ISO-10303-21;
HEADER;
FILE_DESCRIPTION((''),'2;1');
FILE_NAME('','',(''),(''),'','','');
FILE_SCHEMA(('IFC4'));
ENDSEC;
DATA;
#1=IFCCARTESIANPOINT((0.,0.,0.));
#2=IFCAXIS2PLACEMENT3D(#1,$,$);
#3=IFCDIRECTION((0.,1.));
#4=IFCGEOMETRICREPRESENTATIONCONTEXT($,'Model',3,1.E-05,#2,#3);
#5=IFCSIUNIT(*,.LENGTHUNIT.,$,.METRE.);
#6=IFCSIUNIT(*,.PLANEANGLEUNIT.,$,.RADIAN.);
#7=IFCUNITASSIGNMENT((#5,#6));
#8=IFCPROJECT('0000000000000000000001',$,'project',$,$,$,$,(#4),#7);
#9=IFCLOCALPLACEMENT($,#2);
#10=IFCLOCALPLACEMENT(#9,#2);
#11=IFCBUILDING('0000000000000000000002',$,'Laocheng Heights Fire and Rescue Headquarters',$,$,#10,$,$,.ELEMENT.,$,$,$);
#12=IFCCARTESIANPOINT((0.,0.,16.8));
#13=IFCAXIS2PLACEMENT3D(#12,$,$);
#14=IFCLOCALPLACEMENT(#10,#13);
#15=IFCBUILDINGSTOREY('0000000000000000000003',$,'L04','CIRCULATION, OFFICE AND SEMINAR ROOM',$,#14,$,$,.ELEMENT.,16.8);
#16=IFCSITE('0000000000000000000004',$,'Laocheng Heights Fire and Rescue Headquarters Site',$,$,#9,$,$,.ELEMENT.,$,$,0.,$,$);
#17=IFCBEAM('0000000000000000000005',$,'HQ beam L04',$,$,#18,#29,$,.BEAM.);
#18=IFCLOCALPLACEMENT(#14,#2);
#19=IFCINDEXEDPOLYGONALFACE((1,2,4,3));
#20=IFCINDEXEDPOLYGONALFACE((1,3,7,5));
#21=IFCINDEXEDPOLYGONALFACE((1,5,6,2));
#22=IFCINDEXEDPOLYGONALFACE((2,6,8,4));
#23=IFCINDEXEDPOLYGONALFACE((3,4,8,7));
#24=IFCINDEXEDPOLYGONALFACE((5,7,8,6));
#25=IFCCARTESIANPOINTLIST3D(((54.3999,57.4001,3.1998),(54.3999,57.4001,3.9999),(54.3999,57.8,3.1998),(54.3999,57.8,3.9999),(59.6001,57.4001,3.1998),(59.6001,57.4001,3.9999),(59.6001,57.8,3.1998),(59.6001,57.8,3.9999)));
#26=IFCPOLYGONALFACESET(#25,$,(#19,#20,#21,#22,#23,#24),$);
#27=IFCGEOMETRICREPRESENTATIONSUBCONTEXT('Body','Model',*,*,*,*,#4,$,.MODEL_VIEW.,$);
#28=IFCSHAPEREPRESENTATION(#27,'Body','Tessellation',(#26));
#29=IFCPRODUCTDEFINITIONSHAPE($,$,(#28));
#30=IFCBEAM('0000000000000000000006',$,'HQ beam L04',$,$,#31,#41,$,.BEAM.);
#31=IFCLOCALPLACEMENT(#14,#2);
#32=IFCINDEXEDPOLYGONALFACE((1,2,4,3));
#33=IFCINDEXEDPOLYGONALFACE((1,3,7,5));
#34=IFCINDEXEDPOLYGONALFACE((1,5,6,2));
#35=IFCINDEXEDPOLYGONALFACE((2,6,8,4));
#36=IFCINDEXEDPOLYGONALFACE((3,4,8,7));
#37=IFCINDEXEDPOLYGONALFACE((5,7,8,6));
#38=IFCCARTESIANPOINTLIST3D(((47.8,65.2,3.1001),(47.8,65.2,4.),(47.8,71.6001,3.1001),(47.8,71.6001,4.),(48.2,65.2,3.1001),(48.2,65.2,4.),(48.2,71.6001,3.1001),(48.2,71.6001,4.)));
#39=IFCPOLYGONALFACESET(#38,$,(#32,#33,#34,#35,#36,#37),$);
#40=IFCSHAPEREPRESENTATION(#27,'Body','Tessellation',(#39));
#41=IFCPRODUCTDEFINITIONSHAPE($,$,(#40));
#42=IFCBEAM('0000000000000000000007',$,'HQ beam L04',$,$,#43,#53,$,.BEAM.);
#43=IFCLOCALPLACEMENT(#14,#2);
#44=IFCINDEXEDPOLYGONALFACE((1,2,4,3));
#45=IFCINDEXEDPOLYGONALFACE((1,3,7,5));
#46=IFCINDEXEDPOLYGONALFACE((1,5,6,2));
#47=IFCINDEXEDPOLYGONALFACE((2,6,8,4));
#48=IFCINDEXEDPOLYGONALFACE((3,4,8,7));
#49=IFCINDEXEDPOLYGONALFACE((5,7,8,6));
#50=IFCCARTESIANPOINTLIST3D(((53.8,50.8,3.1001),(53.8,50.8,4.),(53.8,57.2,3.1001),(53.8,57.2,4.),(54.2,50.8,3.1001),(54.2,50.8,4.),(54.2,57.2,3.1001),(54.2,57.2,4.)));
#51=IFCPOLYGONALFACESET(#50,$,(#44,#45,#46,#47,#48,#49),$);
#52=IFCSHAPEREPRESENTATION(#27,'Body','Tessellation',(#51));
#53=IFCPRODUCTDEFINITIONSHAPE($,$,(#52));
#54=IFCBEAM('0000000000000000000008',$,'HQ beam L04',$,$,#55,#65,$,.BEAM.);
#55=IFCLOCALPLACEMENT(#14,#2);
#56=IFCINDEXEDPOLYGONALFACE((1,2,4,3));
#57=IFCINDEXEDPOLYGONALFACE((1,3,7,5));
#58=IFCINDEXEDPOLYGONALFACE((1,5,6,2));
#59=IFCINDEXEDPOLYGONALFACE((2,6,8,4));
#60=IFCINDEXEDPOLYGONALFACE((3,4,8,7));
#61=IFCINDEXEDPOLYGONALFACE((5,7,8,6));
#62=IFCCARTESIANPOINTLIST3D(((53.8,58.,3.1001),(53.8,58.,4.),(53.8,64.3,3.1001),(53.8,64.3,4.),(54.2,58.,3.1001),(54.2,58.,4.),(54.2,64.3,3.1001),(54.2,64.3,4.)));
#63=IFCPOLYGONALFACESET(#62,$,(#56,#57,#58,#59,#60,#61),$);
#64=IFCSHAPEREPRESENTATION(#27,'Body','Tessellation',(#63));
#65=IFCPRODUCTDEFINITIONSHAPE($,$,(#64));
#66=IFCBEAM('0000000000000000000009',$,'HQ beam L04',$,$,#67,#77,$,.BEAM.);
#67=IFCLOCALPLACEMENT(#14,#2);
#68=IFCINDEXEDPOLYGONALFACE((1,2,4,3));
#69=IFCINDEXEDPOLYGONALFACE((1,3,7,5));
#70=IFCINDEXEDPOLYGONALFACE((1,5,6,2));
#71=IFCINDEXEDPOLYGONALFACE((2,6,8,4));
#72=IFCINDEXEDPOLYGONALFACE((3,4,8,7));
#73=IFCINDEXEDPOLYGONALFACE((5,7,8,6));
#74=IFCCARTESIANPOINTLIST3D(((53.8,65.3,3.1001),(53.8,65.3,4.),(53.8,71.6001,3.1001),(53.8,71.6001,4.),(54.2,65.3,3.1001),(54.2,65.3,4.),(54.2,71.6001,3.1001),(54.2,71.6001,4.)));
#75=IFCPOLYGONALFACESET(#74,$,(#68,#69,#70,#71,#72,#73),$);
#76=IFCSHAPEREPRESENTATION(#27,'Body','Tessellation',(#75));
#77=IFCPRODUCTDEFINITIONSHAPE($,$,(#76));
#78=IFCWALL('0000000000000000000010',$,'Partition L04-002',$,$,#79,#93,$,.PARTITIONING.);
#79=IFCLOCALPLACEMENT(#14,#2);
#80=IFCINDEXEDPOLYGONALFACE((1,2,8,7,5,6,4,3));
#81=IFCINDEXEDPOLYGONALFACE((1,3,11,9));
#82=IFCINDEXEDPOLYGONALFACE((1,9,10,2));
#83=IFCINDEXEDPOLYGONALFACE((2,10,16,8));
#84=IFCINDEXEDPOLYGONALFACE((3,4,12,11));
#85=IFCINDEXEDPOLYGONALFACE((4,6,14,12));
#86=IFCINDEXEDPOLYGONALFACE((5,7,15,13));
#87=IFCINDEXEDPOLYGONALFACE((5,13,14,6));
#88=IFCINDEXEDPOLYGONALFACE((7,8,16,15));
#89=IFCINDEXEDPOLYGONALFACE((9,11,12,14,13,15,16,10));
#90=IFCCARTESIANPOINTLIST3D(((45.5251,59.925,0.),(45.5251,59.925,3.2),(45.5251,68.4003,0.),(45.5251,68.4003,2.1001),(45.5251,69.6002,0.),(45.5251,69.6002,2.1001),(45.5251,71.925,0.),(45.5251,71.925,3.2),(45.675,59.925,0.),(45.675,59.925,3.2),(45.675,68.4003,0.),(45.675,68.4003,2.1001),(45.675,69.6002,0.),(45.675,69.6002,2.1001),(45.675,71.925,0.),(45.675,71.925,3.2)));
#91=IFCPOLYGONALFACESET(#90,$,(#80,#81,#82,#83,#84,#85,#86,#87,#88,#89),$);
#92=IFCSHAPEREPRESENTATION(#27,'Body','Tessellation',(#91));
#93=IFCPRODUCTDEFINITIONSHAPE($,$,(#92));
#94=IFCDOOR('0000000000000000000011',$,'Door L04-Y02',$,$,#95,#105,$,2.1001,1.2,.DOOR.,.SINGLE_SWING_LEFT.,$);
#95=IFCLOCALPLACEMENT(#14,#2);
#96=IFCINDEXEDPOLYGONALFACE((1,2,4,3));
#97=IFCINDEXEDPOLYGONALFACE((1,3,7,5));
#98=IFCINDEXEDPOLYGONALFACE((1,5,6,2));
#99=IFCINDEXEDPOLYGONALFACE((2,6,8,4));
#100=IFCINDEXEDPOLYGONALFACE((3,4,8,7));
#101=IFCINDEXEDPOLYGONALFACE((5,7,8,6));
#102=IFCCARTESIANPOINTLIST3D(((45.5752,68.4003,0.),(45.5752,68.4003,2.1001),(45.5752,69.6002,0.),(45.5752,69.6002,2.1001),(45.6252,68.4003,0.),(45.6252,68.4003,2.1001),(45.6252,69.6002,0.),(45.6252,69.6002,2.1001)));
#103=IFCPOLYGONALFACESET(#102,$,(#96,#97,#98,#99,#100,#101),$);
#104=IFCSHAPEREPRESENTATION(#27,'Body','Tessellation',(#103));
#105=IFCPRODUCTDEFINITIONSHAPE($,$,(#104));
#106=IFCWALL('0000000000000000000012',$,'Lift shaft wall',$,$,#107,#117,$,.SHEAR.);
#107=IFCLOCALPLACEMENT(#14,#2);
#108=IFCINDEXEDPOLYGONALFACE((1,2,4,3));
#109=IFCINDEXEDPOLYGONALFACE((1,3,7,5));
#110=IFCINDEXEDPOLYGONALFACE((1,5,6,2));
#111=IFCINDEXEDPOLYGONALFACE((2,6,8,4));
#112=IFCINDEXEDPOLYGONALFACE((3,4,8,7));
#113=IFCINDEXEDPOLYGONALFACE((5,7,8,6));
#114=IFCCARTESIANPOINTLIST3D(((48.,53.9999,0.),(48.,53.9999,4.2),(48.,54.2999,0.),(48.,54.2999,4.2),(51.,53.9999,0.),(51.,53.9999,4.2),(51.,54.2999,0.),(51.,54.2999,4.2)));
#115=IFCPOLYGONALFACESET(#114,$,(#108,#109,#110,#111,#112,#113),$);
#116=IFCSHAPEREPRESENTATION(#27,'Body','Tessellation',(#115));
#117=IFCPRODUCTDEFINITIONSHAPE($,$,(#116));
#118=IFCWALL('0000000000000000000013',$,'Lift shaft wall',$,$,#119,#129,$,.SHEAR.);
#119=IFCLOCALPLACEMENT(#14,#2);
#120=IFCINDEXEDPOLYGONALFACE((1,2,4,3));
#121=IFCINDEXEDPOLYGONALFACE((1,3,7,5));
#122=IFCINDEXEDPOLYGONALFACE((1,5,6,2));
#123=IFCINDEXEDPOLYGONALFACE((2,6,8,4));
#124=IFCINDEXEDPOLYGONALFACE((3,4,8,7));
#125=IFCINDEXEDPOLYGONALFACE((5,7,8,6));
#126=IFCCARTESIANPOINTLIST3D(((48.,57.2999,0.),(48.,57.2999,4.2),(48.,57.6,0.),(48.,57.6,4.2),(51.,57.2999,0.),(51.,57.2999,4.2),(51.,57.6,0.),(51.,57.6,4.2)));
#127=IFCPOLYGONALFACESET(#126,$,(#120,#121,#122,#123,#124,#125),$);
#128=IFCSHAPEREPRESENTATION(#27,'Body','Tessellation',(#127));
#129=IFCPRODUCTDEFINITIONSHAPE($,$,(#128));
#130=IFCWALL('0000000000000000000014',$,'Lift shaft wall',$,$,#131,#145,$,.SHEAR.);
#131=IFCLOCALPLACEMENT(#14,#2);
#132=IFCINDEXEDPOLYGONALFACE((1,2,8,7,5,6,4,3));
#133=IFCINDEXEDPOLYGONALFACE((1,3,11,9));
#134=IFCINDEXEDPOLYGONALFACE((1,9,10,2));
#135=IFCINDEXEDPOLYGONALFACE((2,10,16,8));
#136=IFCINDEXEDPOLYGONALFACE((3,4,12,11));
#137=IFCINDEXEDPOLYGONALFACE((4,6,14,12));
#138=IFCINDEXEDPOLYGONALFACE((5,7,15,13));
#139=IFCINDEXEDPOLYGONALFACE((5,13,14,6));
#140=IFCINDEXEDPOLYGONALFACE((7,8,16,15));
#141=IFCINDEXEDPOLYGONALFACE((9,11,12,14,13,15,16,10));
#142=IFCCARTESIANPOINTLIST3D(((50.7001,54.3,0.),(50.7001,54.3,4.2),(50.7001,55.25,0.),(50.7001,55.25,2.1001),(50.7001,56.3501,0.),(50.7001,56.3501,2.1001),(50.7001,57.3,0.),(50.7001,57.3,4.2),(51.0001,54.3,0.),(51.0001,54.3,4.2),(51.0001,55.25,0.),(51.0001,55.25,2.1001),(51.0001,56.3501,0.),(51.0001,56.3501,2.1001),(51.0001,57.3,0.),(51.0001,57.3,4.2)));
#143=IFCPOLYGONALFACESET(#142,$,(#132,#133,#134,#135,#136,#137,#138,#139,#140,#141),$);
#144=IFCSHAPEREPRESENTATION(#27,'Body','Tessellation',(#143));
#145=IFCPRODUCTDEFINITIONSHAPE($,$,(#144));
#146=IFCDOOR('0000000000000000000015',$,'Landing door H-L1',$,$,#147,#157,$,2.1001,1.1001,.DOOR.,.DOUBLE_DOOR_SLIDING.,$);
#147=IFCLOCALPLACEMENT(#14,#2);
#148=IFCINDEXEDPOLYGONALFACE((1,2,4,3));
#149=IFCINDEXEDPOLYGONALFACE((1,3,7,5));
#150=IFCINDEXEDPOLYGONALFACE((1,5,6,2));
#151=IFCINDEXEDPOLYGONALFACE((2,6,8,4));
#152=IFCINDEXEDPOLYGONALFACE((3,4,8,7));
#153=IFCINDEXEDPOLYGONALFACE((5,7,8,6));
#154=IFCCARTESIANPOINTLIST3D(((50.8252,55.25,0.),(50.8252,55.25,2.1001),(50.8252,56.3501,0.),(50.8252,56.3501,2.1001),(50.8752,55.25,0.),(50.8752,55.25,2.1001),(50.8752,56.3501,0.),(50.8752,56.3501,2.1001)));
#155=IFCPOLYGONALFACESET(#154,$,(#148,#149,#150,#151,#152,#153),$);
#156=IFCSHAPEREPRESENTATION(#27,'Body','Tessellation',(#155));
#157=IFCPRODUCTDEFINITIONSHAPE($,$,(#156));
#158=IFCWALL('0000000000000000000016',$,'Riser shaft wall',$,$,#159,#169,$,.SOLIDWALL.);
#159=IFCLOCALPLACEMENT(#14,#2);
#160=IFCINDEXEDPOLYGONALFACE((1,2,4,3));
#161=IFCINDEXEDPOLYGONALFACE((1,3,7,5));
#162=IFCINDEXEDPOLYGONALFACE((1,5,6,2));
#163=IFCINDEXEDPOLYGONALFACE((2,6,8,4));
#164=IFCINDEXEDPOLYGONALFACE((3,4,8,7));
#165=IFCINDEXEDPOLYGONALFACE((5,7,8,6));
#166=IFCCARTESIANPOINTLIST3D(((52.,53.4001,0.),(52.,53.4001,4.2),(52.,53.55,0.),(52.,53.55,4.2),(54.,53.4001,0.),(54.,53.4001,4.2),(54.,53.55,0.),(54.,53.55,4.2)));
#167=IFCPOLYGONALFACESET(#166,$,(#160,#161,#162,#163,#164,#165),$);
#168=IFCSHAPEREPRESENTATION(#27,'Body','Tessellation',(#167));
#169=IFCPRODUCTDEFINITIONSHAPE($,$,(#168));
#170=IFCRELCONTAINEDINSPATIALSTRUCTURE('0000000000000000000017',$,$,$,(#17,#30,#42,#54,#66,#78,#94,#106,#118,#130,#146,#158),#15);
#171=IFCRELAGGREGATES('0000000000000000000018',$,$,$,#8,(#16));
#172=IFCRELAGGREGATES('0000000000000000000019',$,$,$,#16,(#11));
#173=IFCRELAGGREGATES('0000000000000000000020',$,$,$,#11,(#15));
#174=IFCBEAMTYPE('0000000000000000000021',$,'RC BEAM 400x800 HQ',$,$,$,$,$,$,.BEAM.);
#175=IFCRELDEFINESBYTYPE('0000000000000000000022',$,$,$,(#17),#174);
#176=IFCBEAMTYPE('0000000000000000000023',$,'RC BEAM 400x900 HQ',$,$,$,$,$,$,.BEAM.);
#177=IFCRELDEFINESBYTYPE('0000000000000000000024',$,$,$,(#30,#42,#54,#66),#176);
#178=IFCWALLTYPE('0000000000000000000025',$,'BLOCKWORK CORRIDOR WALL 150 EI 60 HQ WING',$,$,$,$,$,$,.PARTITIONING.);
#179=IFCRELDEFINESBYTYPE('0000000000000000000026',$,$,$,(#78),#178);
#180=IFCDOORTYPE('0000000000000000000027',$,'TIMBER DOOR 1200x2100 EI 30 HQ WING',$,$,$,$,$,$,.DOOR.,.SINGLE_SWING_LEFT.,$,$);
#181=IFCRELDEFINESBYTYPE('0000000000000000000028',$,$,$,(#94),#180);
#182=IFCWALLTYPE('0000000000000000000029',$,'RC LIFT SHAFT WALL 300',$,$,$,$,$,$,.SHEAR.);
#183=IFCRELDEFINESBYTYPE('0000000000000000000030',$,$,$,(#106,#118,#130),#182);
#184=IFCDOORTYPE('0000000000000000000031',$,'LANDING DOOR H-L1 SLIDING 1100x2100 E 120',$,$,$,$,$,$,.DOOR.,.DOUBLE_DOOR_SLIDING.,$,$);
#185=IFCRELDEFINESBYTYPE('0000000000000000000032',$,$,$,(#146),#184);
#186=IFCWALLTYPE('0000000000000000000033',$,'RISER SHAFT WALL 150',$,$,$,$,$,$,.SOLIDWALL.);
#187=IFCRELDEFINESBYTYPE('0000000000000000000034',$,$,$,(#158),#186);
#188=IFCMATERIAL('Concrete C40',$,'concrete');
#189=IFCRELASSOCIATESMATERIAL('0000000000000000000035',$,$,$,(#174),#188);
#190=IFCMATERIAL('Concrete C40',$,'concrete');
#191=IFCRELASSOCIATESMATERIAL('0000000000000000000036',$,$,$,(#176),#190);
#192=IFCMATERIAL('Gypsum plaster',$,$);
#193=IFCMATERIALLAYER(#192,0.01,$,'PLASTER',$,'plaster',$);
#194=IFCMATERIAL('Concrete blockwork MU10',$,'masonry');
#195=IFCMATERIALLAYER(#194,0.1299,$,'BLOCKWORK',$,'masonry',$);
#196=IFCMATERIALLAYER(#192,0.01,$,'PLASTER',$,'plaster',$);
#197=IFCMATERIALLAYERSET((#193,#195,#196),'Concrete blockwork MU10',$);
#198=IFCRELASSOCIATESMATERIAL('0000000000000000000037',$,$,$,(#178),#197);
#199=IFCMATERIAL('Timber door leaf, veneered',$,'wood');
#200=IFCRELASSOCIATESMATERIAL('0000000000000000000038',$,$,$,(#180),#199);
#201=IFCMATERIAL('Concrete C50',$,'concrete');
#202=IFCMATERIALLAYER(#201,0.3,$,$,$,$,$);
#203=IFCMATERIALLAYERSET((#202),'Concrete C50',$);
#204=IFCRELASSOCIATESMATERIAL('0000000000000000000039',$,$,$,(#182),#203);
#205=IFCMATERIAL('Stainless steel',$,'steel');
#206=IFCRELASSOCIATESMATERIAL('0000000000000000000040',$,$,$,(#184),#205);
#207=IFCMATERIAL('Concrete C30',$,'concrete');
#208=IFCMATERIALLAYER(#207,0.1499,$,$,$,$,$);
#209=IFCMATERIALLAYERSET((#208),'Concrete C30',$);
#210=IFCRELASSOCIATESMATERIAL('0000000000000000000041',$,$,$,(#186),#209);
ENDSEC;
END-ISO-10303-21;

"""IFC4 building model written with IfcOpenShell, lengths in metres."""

from ifc_helpers import new_model, si_unit, direction, frame, frame_2d, origin, origin_2d, place, context, subcontext, project, spatial, rectangle, extrude, material, layer, layer_set, material_profile, profile_set, type_object, element, fill, save


model = new_model("IFC4")

# Units and contexts
model_context = context("Model", 3, precision=1e-05, world=origin(), true_north=direction((0.0, 1.0)))
body_context = subcontext(model_context, "Body", "Model", "MODEL_VIEW")
ifc_project = project(units=[si_unit("LENGTHUNIT", "METRE"), si_unit("PLANEANGLEUNIT", "RADIAN")], contexts=[model_context])

# Site, building, storey
site_placement = place(None, origin())
site = spatial("IfcSite", under=ifc_project, at=site_placement, Name="Laocheng Heights Fire and Rescue Headquarters Site", CompositionType="ELEMENT", RefElevation=0.0)
building_placement = place(site_placement, origin())
building = spatial("IfcBuilding", under=site, at=building_placement, Name="Laocheng Heights Fire and Rescue Headquarters", CompositionType="ELEMENT")
storey_placement = place(building_placement, frame((0.0, 0.0, 16.8)))
storey = spatial("IfcBuildingStorey", under=building, at=storey_placement, Name="L04", Description="CIRCULATION, OFFICE AND SEMINAR ROOM", CompositionType="ELEMENT", Elevation=16.8)

# Beams
ifc_material_1 = material(Name="Concrete C40", Category="concrete")
ifc_material_profile_1 = material_profile(ifc_material_1, rectangle(XDim=0.3999, YDim=0.8, at=origin_2d()), Name="RC BEAM 400x800 HQ")
ifc_profile_set_1 = profile_set([ifc_material_profile_1], Name="Concrete C40")
beam_type_1 = type_object("IfcBeamType", Name="RC BEAM 400x800 HQ", PredefinedType="BEAM", material=ifc_profile_set_1)
beam_1_placement = place(storey_placement, frame((54.3999, 57.6001, 3.5999), z_axis=(1.0, 0.0, 0.0), x_axis=(0.0, 1.0, 0.0)))
element("IfcBeam", 1, at=beam_1_placement, inside=storey, type_object=beam_type_1, Name="HQ beam L04", PredefinedType="BEAM", context=body_context, shape_type="SweptSolid", body=[
    extrude(rectangle(XDim=0.3999, YDim=0.8, at=origin_2d()), origin(), (0.0, 0.0, 1.0), 5.2002),
])
ifc_material_2 = material(Name="Concrete C40", Category="concrete")
ifc_material_profile_2 = material_profile(ifc_material_2, rectangle(XDim=0.3999, YDim=0.8999, at=origin_2d()), Name="RC BEAM 400x900 HQ")
ifc_profile_set_2 = profile_set([ifc_material_profile_2], Name="Concrete C40")
beam_type_2 = type_object("IfcBeamType", Name="RC BEAM 400x900 HQ", PredefinedType="BEAM", material=ifc_profile_set_2)
beam_2_placement = place(storey_placement, frame((48.0, 65.2, 3.55), z_axis=(0.0, 1.0, 0.0), x_axis=(-1.0, 0.0, 0.0)))
element("IfcBeam", 2, at=beam_2_placement, inside=storey, type_object=beam_type_2, Name="HQ beam L04", PredefinedType="BEAM", context=body_context, shape_type="SweptSolid", body=[
    extrude(rectangle(XDim=0.3999, YDim=0.8999, at=origin_2d()), origin(), (0.0, 0.0, 1.0), 6.4001),
])
beam_3_placement = place(storey_placement, frame((54.0, 50.8, 3.55), z_axis=(0.0, 1.0, 0.0), x_axis=(-1.0, 0.0, 0.0)))
element("IfcBeam", 3, at=beam_3_placement, inside=storey, type_object=beam_type_2, Name="HQ beam L04", PredefinedType="BEAM", context=body_context, shape_type="SweptSolid", body=[
    extrude(rectangle(XDim=0.3999, YDim=0.8999, at=origin_2d()), origin(), (0.0, 0.0, 1.0), 6.3999),
])
for number, where, z_axis, x_axis, name in (
    (4, (54.0, 58.0, 3.55), (0.0, 1.0, 0.0), (-1.0, 0.0, 0.0), "HQ beam L04"),
    (5, (54.0, 65.3, 3.55), (0.0, 1.0, 0.0), (-1.0, 0.0, 0.0), "HQ beam L04"),
):
    element("IfcBeam", number, at=place(storey_placement, frame(where, z_axis=z_axis, x_axis=x_axis)), inside=storey, type_object=beam_type_2, Name=name, PredefinedType="BEAM", context=body_context, shape_type="SweptSolid", body=[
        extrude(rectangle(XDim=0.3999, YDim=0.8999, at=origin_2d()), origin(), (0.0, 0.0, 1.0), 6.3),
    ])

# Wall, opening, door
ifc_material_3 = material(Name="Gypsum plaster")
ifc_layer_1 = layer(ifc_material_3, 0.01, Name="PLASTER", Category="plaster")
ifc_material_4 = material(Name="Concrete blockwork MU10", Category="masonry")
ifc_layer_2 = layer(ifc_material_4, 0.1299, Name="BLOCKWORK", Category="masonry")
ifc_layer_3 = layer(ifc_material_3, 0.01, Name="PLASTER", Category="plaster")
ifc_layer_set_1 = layer_set([ifc_layer_1, ifc_layer_2, ifc_layer_3], Name="Concrete blockwork MU10")
wall_type_1 = type_object("IfcWallType", Name="BLOCKWORK CORRIDOR WALL 150 EI 60 HQ WING", PredefinedType="PARTITIONING", material=ifc_layer_set_1)
wall_1_placement = place(storey_placement, frame((45.6001, 59.925, 0.0), z_axis=(0.0, 0.0, 1.0), x_axis=(0.0, 1.0, 0.0)))
wall_1 = element("IfcWall", 6, at=wall_1_placement, inside=storey, type_object=wall_type_1, Name="Partition L04-002", PredefinedType="PARTITIONING", context=body_context, shape_type="SweptSolid", body=[
    extrude(rectangle(XDim=12.0, YDim=0.1499, at=frame_2d((6.0, 0.0))), origin(), (0.0, 0.0, 1.0), 3.2),
])
opening_1_placement = place(wall_1_placement, frame((8.4751, 0.0, 0.0)))
opening_1 = element("IfcOpeningElement", 7, at=opening_1_placement, cuts=wall_1, PredefinedType="OPENING", context=body_context, shape_type="SweptSolid", body=[
    extrude(rectangle(XDim=1.2, YDim=2.1001, at=frame_2d((0.6001, 1.05))), frame((0.0, 0.085, 0.0), z_axis=(0.0, -1.0, 0.0), x_axis=(1.0, 0.0, 0.0)), (0.0, 0.0, 1.0), 0.1699),
])
ifc_material_5 = material(Name="Timber door leaf, veneered", Category="wood")
door_type_1 = type_object("IfcDoorType", Name="TIMBER DOOR 1200x2100 EI 30 HQ WING", OperationType="SINGLE_SWING_LEFT", PredefinedType="DOOR", material=ifc_material_5)
door_1_placement = place(opening_1_placement, origin())
door_1 = element("IfcDoor", 8, at=door_1_placement, inside=storey, type_object=door_type_1, Name="Door L04-Y02", OperationType="SINGLE_SWING_LEFT", OverallHeight=2.1001, OverallWidth=1.2, PredefinedType="DOOR", context=body_context, shape_type="SweptSolid", body=[
    extrude(rectangle(XDim=1.2, YDim=2.1001, at=frame_2d((0.6001, 1.05))), frame((0.0, 0.0249, 0.0), z_axis=(0.0, -1.0, 0.0), x_axis=(1.0, 0.0, 0.0)), (0.0, 0.0, 1.0), 0.05),
])
fill(opening_1, door_1)

# Walls
ifc_material_6 = material(Name="Concrete C50", Category="concrete")
ifc_layer_4 = layer(ifc_material_6, 0.3)
ifc_layer_set_2 = layer_set([ifc_layer_4], Name="Concrete C50")
wall_type_2 = type_object("IfcWallType", Name="RC LIFT SHAFT WALL 300", PredefinedType="SHEAR", material=ifc_layer_set_2)
for number, where, z_axis, x_axis, name in (
    (9, (48.0, 54.1499, 0.0), (0.0, 0.0, 1.0), (1.0, 0.0, 0.0), "Lift shaft wall"),
    (10, (48.0, 57.45, 0.0), (0.0, 0.0, 1.0), (1.0, 0.0, 0.0), "Lift shaft wall"),
):
    element("IfcWall", number, at=place(storey_placement, frame(where, z_axis=z_axis, x_axis=x_axis)), inside=storey, type_object=wall_type_2, Name=name, PredefinedType="SHEAR", context=body_context, shape_type="SweptSolid", body=[
        extrude(rectangle(XDim=3.0, YDim=0.3, at=frame_2d((1.5, 0.0))), origin(), (0.0, 0.0, 1.0), 4.2),
    ])

# Wall, opening, door
wall_2_placement = place(storey_placement, frame((50.8501, 54.3, 0.0), z_axis=(0.0, 0.0, 1.0), x_axis=(0.0, 1.0, 0.0)))
wall_2 = element("IfcWall", 11, at=wall_2_placement, inside=storey, type_object=wall_type_2, Name="Lift shaft wall", PredefinedType="SHEAR", context=body_context, shape_type="SweptSolid", body=[
    extrude(rectangle(XDim=3.0, YDim=0.3, at=frame_2d((1.5, 0.0))), origin(), (0.0, 0.0, 1.0), 4.2),
])
opening_2_placement = place(wall_2_placement, frame((0.95, 0.0, 0.0)))
opening_2 = element("IfcOpeningElement", 12, at=opening_2_placement, cuts=wall_2, PredefinedType="OPENING", context=body_context, shape_type="SweptSolid", body=[
    extrude(rectangle(XDim=1.1001, YDim=2.1001, at=frame_2d((0.55, 1.05))), frame((0.0, 0.1599, 0.0), z_axis=(0.0, -1.0, 0.0), x_axis=(1.0, 0.0, 0.0)), (0.0, 0.0, 1.0), 0.3201),
])
ifc_material_7 = material(Name="Stainless steel", Category="steel")
door_type_2 = type_object("IfcDoorType", Name="LANDING DOOR H-L1 SLIDING 1100x2100 E 120", OperationType="DOUBLE_DOOR_SLIDING", PredefinedType="DOOR", material=ifc_material_7)
door_2_placement = place(opening_2_placement, origin())
door_2 = element("IfcDoor", 13, at=door_2_placement, inside=storey, type_object=door_type_2, Name="Landing door H-L1", OperationType="DOUBLE_DOOR_SLIDING", OverallHeight=2.1001, OverallWidth=1.1001, PredefinedType="DOOR", context=body_context, shape_type="SweptSolid", body=[
    extrude(rectangle(XDim=1.1001, YDim=2.1001, at=frame_2d((0.55, 1.05))), frame((0.0, 0.0249, 0.0), z_axis=(0.0, -1.0, 0.0), x_axis=(1.0, 0.0, 0.0)), (0.0, 0.0, 1.0), 0.05),
])
fill(opening_2, door_2)

# Wall
ifc_material_8 = material(Name="Concrete C30", Category="concrete")
ifc_layer_5 = layer(ifc_material_8, 0.1499)
ifc_layer_set_3 = layer_set([ifc_layer_5], Name="Concrete C30")
wall_type_3 = type_object("IfcWallType", Name="RISER SHAFT WALL 150", PredefinedType="SOLIDWALL", material=ifc_layer_set_3)
wall_3_placement = place(storey_placement, frame((52.0, 53.4751, 0.0), z_axis=(0.0, 0.0, 1.0), x_axis=(1.0, 0.0, 0.0)))
element("IfcWall", 14, at=wall_3_placement, inside=storey, type_object=wall_type_3, Name="Riser shaft wall", PredefinedType="SOLIDWALL", context=body_context, shape_type="SweptSolid", body=[
    extrude(rectangle(XDim=2.0, YDim=0.1499, at=frame_2d((1.0, 0.0))), origin(), (0.0, 0.0, 1.0), 4.2),
])

save(model, "model.ifc")
